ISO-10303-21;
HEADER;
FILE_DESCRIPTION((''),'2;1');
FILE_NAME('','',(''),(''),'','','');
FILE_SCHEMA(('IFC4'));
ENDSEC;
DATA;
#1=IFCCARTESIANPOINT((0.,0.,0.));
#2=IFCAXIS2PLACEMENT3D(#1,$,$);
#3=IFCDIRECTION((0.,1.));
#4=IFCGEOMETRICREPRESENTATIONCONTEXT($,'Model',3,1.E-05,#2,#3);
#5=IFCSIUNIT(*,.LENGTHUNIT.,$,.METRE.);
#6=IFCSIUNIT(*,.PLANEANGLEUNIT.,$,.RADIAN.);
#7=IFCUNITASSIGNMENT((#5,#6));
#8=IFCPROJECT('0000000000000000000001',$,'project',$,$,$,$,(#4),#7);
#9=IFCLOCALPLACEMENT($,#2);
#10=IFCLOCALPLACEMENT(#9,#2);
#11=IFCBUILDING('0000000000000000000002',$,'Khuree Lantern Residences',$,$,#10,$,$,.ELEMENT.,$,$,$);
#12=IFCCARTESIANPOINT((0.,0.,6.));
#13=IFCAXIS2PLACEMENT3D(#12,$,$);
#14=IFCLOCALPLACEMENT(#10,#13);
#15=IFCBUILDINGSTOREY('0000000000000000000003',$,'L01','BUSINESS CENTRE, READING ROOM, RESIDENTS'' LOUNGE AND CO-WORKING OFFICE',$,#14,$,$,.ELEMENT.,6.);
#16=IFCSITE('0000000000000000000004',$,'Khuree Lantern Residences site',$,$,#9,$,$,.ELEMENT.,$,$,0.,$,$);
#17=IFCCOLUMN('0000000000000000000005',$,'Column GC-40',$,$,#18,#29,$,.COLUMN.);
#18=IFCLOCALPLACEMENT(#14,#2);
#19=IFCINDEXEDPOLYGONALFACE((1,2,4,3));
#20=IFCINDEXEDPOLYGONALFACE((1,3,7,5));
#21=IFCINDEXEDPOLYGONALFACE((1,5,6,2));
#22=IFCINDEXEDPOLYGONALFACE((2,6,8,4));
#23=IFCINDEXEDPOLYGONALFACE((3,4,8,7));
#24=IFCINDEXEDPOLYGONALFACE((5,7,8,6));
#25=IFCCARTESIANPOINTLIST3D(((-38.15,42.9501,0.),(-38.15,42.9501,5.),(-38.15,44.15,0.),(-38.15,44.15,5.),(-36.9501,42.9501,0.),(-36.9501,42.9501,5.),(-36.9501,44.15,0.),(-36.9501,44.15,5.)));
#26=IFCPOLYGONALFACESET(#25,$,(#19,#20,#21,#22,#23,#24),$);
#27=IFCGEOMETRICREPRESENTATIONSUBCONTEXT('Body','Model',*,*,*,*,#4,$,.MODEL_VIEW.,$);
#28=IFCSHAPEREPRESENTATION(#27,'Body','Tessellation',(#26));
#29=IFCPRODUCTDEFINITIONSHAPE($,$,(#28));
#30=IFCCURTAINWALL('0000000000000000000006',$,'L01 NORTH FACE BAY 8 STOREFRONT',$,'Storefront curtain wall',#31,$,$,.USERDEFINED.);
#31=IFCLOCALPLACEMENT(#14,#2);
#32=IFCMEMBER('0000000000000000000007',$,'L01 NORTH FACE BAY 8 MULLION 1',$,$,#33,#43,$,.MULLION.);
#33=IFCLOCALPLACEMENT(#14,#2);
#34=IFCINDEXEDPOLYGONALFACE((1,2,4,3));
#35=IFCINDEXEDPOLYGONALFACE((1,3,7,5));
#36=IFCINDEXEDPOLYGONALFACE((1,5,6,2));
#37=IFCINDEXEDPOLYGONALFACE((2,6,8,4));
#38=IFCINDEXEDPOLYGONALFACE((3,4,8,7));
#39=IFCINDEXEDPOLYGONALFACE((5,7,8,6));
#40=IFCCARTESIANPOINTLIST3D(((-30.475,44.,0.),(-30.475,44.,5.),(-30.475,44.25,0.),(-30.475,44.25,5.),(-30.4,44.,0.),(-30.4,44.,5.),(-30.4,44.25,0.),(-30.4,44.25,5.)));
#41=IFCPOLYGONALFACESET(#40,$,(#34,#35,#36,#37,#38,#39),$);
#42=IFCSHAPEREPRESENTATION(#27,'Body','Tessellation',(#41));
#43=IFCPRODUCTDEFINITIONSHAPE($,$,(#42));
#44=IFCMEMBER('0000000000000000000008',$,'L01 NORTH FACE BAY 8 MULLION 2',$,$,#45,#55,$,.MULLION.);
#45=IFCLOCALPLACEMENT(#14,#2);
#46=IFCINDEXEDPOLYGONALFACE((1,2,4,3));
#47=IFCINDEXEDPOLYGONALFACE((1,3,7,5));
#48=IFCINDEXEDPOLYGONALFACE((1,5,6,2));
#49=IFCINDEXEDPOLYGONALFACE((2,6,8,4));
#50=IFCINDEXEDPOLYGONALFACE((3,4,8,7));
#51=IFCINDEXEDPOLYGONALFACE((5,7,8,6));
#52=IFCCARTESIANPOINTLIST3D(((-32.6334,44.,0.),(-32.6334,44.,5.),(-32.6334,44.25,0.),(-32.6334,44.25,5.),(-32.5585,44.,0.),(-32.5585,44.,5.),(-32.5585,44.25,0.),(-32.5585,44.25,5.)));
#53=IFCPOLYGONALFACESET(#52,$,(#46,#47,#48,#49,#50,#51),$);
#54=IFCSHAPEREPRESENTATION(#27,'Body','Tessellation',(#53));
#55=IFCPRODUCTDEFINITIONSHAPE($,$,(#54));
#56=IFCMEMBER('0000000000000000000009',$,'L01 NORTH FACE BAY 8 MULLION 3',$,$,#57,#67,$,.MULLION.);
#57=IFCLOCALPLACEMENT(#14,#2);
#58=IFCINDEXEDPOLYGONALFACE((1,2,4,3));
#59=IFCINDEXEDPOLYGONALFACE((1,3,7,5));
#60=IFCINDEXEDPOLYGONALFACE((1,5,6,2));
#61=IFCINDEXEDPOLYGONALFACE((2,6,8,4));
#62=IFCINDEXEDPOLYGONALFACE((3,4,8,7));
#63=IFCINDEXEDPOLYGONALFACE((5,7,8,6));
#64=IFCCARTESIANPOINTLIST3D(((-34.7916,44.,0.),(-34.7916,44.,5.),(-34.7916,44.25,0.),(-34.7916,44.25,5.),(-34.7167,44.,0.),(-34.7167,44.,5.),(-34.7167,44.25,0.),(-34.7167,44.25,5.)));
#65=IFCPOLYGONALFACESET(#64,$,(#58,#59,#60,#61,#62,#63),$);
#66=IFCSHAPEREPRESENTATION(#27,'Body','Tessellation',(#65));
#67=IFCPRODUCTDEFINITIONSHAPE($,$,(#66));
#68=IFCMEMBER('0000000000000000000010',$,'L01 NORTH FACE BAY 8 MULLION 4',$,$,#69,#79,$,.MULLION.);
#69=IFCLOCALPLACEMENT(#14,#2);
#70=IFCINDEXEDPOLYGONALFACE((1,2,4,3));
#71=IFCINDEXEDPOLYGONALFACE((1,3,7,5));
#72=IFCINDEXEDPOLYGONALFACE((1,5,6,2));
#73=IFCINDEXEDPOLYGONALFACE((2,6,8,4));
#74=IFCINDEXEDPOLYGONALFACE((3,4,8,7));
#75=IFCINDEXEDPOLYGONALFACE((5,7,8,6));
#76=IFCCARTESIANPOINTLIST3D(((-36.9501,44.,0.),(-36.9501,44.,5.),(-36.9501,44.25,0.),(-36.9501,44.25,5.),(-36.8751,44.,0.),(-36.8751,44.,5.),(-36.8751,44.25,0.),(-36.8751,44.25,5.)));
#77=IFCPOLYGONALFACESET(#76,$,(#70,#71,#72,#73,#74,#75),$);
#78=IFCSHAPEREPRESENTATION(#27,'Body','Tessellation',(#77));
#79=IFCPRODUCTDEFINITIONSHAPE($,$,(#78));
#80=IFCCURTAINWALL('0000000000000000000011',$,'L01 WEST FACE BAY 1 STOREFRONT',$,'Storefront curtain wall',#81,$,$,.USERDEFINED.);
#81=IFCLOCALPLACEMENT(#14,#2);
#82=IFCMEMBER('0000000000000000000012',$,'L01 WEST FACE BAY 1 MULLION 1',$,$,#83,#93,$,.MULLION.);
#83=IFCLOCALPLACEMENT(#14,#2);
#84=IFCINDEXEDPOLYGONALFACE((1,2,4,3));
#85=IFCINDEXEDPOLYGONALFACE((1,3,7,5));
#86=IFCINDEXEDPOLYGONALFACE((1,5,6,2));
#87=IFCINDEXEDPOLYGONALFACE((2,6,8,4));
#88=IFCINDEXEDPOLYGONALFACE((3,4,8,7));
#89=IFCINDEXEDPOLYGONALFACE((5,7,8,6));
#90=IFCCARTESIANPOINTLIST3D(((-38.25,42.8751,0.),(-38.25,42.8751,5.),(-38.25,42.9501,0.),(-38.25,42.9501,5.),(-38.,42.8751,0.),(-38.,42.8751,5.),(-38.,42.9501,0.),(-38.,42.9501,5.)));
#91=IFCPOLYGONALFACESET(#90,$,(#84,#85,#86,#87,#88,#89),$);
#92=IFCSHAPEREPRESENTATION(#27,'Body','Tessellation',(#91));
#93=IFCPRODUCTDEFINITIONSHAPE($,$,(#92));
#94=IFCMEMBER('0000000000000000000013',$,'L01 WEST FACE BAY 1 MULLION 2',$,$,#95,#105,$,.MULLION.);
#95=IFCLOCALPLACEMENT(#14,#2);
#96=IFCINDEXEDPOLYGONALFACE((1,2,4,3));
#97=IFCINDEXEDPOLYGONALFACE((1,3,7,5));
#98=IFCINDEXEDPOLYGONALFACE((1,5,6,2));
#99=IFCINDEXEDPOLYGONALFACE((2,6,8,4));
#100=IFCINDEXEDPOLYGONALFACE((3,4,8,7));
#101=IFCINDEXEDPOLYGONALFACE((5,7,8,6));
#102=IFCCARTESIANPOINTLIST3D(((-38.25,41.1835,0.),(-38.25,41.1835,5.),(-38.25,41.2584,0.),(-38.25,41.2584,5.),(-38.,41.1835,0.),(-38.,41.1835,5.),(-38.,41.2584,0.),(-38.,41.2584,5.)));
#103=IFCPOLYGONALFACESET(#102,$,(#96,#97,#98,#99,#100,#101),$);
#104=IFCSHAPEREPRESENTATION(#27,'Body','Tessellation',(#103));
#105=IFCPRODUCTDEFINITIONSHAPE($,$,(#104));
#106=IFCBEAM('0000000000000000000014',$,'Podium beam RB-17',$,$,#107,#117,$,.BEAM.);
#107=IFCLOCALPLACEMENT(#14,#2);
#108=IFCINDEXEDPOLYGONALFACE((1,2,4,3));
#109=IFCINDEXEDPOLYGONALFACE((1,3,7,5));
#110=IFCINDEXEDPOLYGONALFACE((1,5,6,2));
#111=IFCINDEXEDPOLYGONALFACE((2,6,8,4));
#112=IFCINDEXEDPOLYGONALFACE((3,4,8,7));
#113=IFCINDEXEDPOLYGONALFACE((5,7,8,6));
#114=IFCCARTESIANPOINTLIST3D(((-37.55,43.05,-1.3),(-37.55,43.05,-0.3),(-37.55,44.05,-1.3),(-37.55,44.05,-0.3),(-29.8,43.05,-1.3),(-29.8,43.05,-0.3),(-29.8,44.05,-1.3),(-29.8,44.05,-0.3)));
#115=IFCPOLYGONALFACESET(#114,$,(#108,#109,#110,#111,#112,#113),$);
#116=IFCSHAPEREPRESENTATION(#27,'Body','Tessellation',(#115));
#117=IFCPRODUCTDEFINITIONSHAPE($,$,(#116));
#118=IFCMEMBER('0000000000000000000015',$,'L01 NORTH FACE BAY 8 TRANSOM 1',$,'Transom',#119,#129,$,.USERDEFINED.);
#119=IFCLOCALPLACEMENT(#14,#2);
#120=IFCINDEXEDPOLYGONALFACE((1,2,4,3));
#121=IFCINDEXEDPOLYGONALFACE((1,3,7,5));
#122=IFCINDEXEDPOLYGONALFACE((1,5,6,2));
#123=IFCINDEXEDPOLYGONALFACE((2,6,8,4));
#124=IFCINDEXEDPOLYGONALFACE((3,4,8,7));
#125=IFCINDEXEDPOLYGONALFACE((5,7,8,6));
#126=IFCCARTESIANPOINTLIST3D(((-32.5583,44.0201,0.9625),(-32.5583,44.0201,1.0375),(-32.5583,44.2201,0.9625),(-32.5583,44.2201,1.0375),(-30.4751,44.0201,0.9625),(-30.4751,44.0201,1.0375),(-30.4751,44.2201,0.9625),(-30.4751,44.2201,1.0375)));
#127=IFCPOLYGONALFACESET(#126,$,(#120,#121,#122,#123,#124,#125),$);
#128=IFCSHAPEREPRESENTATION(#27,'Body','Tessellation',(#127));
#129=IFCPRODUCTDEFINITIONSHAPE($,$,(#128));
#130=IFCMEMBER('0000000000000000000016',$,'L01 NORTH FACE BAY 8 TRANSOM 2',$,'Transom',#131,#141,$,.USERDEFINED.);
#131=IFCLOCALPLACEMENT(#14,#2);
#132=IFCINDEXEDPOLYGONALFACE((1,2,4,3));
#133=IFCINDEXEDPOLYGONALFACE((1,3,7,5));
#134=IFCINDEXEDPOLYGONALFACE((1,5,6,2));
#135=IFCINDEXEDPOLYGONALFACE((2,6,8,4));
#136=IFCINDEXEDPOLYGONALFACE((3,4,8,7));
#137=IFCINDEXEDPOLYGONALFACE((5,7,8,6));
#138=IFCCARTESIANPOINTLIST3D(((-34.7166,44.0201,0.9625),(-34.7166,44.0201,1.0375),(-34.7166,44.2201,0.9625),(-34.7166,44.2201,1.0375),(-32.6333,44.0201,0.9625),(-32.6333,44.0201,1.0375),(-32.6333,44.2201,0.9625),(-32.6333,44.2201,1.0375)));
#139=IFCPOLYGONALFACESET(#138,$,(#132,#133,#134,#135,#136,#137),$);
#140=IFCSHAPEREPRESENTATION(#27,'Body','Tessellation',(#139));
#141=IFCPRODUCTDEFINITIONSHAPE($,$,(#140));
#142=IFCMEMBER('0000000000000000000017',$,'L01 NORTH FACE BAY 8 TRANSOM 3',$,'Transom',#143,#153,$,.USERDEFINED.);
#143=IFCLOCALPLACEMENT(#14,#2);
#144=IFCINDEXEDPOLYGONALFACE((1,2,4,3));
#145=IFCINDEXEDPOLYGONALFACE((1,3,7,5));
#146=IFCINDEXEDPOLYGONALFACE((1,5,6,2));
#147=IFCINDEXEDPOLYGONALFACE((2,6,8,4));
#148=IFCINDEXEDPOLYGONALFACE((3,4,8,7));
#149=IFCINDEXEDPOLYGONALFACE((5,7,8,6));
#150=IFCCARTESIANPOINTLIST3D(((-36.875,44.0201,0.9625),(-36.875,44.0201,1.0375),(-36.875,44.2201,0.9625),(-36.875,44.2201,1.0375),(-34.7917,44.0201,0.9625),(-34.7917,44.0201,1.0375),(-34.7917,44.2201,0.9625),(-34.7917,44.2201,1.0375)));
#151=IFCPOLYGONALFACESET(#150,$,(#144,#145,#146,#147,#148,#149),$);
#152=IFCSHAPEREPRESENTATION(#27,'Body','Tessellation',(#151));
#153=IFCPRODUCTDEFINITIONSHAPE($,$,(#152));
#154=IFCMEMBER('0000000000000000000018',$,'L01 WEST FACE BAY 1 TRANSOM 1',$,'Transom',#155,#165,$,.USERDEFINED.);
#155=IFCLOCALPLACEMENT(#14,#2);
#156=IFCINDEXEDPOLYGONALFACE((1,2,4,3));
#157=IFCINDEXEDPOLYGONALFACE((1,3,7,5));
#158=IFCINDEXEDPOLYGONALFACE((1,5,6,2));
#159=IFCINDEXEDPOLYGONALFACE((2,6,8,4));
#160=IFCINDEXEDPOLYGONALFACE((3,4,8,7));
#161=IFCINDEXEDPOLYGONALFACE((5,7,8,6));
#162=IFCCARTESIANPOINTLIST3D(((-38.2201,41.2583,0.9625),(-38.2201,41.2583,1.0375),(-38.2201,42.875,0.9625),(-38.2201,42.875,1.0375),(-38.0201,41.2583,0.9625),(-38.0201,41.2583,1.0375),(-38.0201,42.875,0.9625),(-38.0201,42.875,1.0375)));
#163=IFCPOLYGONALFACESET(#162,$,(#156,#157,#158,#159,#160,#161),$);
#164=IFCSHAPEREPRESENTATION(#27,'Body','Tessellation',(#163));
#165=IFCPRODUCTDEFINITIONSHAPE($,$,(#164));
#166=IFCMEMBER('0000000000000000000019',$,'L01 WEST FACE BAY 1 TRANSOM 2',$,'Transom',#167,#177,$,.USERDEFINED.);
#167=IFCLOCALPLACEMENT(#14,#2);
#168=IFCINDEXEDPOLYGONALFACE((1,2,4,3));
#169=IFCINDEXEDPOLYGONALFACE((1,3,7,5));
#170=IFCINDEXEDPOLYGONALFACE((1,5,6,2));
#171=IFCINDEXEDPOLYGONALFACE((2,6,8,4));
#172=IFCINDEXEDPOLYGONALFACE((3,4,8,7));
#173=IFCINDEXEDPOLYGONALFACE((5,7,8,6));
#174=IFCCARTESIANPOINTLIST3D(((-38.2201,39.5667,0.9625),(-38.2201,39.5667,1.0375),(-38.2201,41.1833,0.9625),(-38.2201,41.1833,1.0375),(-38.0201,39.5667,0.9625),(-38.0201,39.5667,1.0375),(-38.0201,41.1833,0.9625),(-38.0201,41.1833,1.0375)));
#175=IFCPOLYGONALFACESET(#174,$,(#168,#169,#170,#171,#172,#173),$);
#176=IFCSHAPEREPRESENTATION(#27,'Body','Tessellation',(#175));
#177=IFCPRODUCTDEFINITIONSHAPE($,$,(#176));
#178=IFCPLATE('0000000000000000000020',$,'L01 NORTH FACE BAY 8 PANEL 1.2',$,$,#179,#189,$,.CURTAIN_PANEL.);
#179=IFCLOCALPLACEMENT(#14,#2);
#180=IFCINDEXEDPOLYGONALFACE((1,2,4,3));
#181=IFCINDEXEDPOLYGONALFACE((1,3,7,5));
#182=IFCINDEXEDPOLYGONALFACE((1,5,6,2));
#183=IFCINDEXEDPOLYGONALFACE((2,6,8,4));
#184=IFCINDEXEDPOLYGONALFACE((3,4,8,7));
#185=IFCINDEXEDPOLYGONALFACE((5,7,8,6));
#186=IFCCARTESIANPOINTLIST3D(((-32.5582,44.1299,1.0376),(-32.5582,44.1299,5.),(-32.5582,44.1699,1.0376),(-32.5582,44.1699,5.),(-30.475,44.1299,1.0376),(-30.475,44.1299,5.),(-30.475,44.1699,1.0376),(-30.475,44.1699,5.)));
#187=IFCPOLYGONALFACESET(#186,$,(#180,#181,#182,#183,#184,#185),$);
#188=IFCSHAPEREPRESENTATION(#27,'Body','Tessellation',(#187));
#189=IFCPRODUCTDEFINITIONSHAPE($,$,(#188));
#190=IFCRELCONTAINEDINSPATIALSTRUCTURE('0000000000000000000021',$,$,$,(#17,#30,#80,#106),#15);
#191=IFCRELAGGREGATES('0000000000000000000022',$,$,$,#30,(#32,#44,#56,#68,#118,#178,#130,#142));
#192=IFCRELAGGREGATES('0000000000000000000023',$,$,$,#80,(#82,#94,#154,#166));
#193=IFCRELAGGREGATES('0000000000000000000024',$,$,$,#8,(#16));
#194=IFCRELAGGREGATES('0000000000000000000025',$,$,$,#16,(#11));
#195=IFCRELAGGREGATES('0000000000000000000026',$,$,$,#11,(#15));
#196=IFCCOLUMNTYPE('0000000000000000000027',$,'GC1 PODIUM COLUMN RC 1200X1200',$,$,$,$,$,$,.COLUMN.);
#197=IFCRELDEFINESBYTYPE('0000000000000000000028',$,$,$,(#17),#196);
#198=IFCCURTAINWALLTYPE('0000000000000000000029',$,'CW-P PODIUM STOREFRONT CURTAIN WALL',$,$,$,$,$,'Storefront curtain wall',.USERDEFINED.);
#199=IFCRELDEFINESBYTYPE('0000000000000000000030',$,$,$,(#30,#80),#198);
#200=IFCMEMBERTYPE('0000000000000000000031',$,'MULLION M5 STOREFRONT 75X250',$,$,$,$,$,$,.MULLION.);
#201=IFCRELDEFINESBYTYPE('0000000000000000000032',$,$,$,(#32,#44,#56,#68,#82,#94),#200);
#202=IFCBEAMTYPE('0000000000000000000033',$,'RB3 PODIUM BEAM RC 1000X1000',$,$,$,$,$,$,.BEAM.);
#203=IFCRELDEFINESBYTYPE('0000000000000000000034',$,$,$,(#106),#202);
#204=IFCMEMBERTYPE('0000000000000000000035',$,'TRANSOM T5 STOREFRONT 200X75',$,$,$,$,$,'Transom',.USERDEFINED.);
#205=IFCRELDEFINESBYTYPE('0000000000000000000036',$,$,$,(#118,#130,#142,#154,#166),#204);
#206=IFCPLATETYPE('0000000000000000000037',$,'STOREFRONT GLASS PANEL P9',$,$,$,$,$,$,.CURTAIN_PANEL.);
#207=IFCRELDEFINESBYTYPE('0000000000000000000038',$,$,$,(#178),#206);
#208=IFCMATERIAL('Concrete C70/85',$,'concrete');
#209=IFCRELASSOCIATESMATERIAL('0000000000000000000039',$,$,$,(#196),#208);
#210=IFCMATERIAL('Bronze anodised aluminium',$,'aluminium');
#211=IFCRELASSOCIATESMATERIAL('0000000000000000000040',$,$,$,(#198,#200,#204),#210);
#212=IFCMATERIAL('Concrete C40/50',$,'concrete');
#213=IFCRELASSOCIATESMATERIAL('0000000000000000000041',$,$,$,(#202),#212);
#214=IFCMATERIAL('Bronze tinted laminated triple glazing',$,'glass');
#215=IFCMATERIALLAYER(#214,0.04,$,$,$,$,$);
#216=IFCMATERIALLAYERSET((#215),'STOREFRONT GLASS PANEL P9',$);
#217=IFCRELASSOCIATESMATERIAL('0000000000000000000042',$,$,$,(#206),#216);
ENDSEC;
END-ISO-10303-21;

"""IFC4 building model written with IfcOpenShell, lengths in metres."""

from ifc_helpers import new_model, si_unit, direction, frame, origin, origin_2d, place, context, subcontext, project, spatial, rectangle, extrude, material, layer, layer_set, material_profile, profile_set, type_object, element, aggregate, save


model = new_model("IFC4")

# Units and contexts
model_context = context("Model", 3, precision=1e-05, world=origin(), true_north=direction((0.0, 1.0)))
body_context = subcontext(model_context, "Body", "Model", "MODEL_VIEW")
ifc_project = project(units=[si_unit("LENGTHUNIT", "METRE"), si_unit("PLANEANGLEUNIT", "RADIAN")], contexts=[model_context])

# Site, building, storey
site_placement = place(None, origin())
site = spatial("IfcSite", under=ifc_project, at=site_placement, Name="Khuree Lantern Residences site", CompositionType="ELEMENT", RefElevation=0.0)
building_placement = place(site_placement, origin())
building = spatial("IfcBuilding", under=site, at=building_placement, Name="Khuree Lantern Residences", CompositionType="ELEMENT")
storey_placement = place(building_placement, frame((0.0, 0.0, 6.0)))
storey = spatial("IfcBuildingStorey", under=building, at=storey_placement, Name="L01", Description="BUSINESS CENTRE, READING ROOM, RESIDENTS' LOUNGE AND CO-WORKING OFFICE", CompositionType="ELEMENT", Elevation=6.0)

# Column
ifc_material_1 = material(Name="Concrete C70/85", Category="concrete")
ifc_material_profile_1 = material_profile(ifc_material_1, rectangle(XDim=1.2, YDim=1.2, at=origin_2d()), Name="RC 1200X1200")
ifc_profile_set_1 = profile_set([ifc_material_profile_1], Name="Concrete C70/85")
column_type = type_object("IfcColumnType", Name="GC1 PODIUM COLUMN RC 1200X1200", PredefinedType="COLUMN", material=ifc_profile_set_1)
column_placement = place(storey_placement, frame((-37.55, 43.55, 0.0), z_axis=(0.0, 0.0, 1.0), x_axis=(1.0, 0.0, 0.0)))
element("IfcColumn", 1, at=column_placement, inside=storey, type_object=column_type, Name="Column GC-40", PredefinedType="COLUMN", context=body_context, shape_type="SweptSolid", body=[
    extrude(rectangle(XDim=1.2, YDim=1.2, at=origin_2d()), origin(), (0.0, 0.0, 1.0), 5.0),
])

# Curtain walls, members
ifc_material_2 = material(Name="Bronze anodised aluminium", Category="aluminium")
curtain_wall_type = type_object("IfcCurtainWallType", Name="CW-P PODIUM STOREFRONT CURTAIN WALL", ElementType="Storefront curtain wall", PredefinedType="USERDEFINED", material=ifc_material_2)
curtain_wall_1_placement = place(storey_placement, origin())
curtain_wall_1 = element("IfcCurtainWall", 2, at=curtain_wall_1_placement, inside=storey, type_object=curtain_wall_type, Name="L01 NORTH FACE BAY 8 STOREFRONT", ObjectType="Storefront curtain wall", PredefinedType="USERDEFINED")
ifc_material_profile_2 = material_profile(ifc_material_2, rectangle(XDim=0.075, YDim=0.25, at=origin_2d()), Name="M5 75X250")
ifc_profile_set_2 = profile_set([ifc_material_profile_2], Name="Bronze anodised aluminium")
member_type_1 = type_object("IfcMemberType", Name="MULLION M5 STOREFRONT 75X250", PredefinedType="MULLION", material=ifc_profile_set_2)
member_1_placement = place(storey_placement, frame((-30.4375, 44.125, 0.0), z_axis=(0.0, 0.0, 1.0), x_axis=(-1.0, 0.0, 0.0)))
member_1 = element("IfcMember", 3, at=member_1_placement, type_object=member_type_1, Name="L01 NORTH FACE BAY 8 MULLION 1", PredefinedType="MULLION", context=body_context, shape_type="SweptSolid", body=[
    extrude(rectangle(XDim=0.075, YDim=0.25, at=origin_2d()), origin(), (0.0, 0.0, 1.0), 5.0),
])
member_2_placement = place(storey_placement, frame((-32.5959, 44.125, 0.0), z_axis=(0.0, 0.0, 1.0), x_axis=(-1.0, 0.0, 0.0)))
member_2 = element("IfcMember", 4, at=member_2_placement, type_object=member_type_1, Name="L01 NORTH FACE BAY 8 MULLION 2", PredefinedType="MULLION", context=body_context, shape_type="SweptSolid", body=[
    extrude(rectangle(XDim=0.075, YDim=0.25, at=origin_2d()), origin(), (0.0, 0.0, 1.0), 5.0),
])
member_3_placement = place(storey_placement, frame((-34.7542, 44.125, 0.0), z_axis=(0.0, 0.0, 1.0), x_axis=(-1.0, 0.0, 0.0)))
member_3 = element("IfcMember", 5, at=member_3_placement, type_object=member_type_1, Name="L01 NORTH FACE BAY 8 MULLION 3", PredefinedType="MULLION", context=body_context, shape_type="SweptSolid", body=[
    extrude(rectangle(XDim=0.075, YDim=0.25, at=origin_2d()), origin(), (0.0, 0.0, 1.0), 5.0),
])
member_4_placement = place(storey_placement, frame((-36.9126, 44.125, 0.0), z_axis=(0.0, 0.0, 1.0), x_axis=(-1.0, 0.0, 0.0)))
member_4 = element("IfcMember", 6, at=member_4_placement, type_object=member_type_1, Name="L01 NORTH FACE BAY 8 MULLION 4", PredefinedType="MULLION", context=body_context, shape_type="SweptSolid", body=[
    extrude(rectangle(XDim=0.075, YDim=0.25, at=origin_2d()), origin(), (0.0, 0.0, 1.0), 5.0),
])
curtain_wall_2_placement = place(storey_placement, origin())
curtain_wall_2 = element("IfcCurtainWall", 7, at=curtain_wall_2_placement, inside=storey, type_object=curtain_wall_type, Name="L01 WEST FACE BAY 1 STOREFRONT", ObjectType="Storefront curtain wall", PredefinedType="USERDEFINED")
member_5_placement = place(storey_placement, frame((-38.125, 42.9126, 0.0), z_axis=(0.0, 0.0, 1.0), x_axis=(0.0, -1.0, 0.0)))
member_5 = element("IfcMember", 8, at=member_5_placement, type_object=member_type_1, Name="L01 WEST FACE BAY 1 MULLION 1", PredefinedType="MULLION", context=body_context, shape_type="SweptSolid", body=[
    extrude(rectangle(XDim=0.075, YDim=0.25, at=origin_2d()), origin(), (0.0, 0.0, 1.0), 5.0),
])
member_6_placement = place(storey_placement, frame((-38.125, 41.2209, 0.0), z_axis=(0.0, 0.0, 1.0), x_axis=(0.0, -1.0, 0.0)))
member_6 = element("IfcMember", 9, at=member_6_placement, type_object=member_type_1, Name="L01 WEST FACE BAY 1 MULLION 2", PredefinedType="MULLION", context=body_context, shape_type="SweptSolid", body=[
    extrude(rectangle(XDim=0.075, YDim=0.25, at=origin_2d()), origin(), (0.0, 0.0, 1.0), 5.0),
])

# Beam
ifc_material_3 = material(Name="Concrete C40/50", Category="concrete")
ifc_material_profile_3 = material_profile(ifc_material_3, rectangle(XDim=1.0, YDim=1.0, at=origin_2d()), Name="RC 1000X1000")
ifc_profile_set_3 = profile_set([ifc_material_profile_3], Name="Concrete C40/50")
beam_type = type_object("IfcBeamType", Name="RB3 PODIUM BEAM RC 1000X1000", PredefinedType="BEAM", material=ifc_profile_set_3)
beam_placement = place(storey_placement, frame((-37.55, 43.55, -0.8), z_axis=(1.0, 0.0, 0.0), x_axis=(0.0, 1.0, 0.0)))
element("IfcBeam", 10, at=beam_placement, inside=storey, type_object=beam_type, Name="Podium beam RB-17", PredefinedType="BEAM", context=body_context, shape_type="SweptSolid", body=[
    extrude(rectangle(XDim=1.0, YDim=1.0, at=origin_2d()), origin(), (0.0, 0.0, 1.0), 7.75),
])

# Members
ifc_material_profile_4 = material_profile(ifc_material_2, rectangle(XDim=0.2, YDim=0.075, at=origin_2d()), Name="T5 200X75")
ifc_profile_set_4 = profile_set([ifc_material_profile_4], Name="Bronze anodised aluminium")
member_type_2 = type_object("IfcMemberType", Name="TRANSOM T5 STOREFRONT 200X75", ElementType="Transom", PredefinedType="USERDEFINED", material=ifc_profile_set_4)
member_7_placement = place(storey_placement, frame((-30.4751, 44.1201, 1.0), z_axis=(-1.0, 0.0, 0.0), x_axis=(0.0, -1.0, 0.0)))
member_7 = element("IfcMember", 11, at=member_7_placement, type_object=member_type_2, Name="L01 NORTH FACE BAY 8 TRANSOM 1", ObjectType="Transom", PredefinedType="USERDEFINED", context=body_context, shape_type="SweptSolid", body=[
    extrude(rectangle(XDim=0.2, YDim=0.075, at=origin_2d()), origin(), (0.0, 0.0, 1.0), 2.0833),
])
member_8_placement = place(storey_placement, frame((-32.6333, 44.1201, 1.0), z_axis=(-1.0, 0.0, 0.0), x_axis=(0.0, -1.0, 0.0)))
member_8 = element("IfcMember", 12, at=member_8_placement, type_object=member_type_2, Name="L01 NORTH FACE BAY 8 TRANSOM 2", ObjectType="Transom", PredefinedType="USERDEFINED", context=body_context, shape_type="SweptSolid", body=[
    extrude(rectangle(XDim=0.2, YDim=0.075, at=origin_2d()), origin(), (0.0, 0.0, 1.0), 2.0833),
])
member_9_placement = place(storey_placement, frame((-34.7917, 44.1201, 1.0), z_axis=(-1.0, 0.0, 0.0), x_axis=(0.0, -1.0, 0.0)))
member_9 = element("IfcMember", 13, at=member_9_placement, type_object=member_type_2, Name="L01 NORTH FACE BAY 8 TRANSOM 3", ObjectType="Transom", PredefinedType="USERDEFINED", context=body_context, shape_type="SweptSolid", body=[
    extrude(rectangle(XDim=0.2, YDim=0.075, at=origin_2d()), origin(), (0.0, 0.0, 1.0), 2.0833),
])
member_10_placement = place(storey_placement, frame((-38.1201, 42.875, 1.0), z_axis=(0.0, -1.0, 0.0), x_axis=(1.0, 0.0, 0.0)))
member_10 = element("IfcMember", 14, at=member_10_placement, type_object=member_type_2, Name="L01 WEST FACE BAY 1 TRANSOM 1", ObjectType="Transom", PredefinedType="USERDEFINED", context=body_context, shape_type="SweptSolid", body=[
    extrude(rectangle(XDim=0.2, YDim=0.075, at=origin_2d()), origin(), (0.0, 0.0, 1.0), 1.6167),
])
member_11_placement = place(storey_placement, frame((-38.1201, 41.1833, 1.0), z_axis=(0.0, -1.0, 0.0), x_axis=(1.0, 0.0, 0.0)))
member_11 = element("IfcMember", 15, at=member_11_placement, type_object=member_type_2, Name="L01 WEST FACE BAY 1 TRANSOM 2", ObjectType="Transom", PredefinedType="USERDEFINED", context=body_context, shape_type="SweptSolid", body=[
    extrude(rectangle(XDim=0.2, YDim=0.075, at=origin_2d()), origin(), (0.0, 0.0, 1.0), 1.6167),
])

# Plate
ifc_material_4 = material(Name="Bronze tinted laminated triple glazing", Category="glass")
ifc_layer_1 = layer(ifc_material_4, 0.04)
ifc_layer_set_1 = layer_set([ifc_layer_1], Name="STOREFRONT GLASS PANEL P9")
plate_type_1 = type_object("IfcPlateType", Name="STOREFRONT GLASS PANEL P9", PredefinedType="CURTAIN_PANEL", material=ifc_layer_set_1)
plate_1_placement = place(storey_placement, frame((-31.5166, 44.1499, 1.0376), z_axis=(0.0, 0.0, 1.0), x_axis=(-1.0, 0.0, 0.0)))
plate_1 = element("IfcPlate", 16, at=plate_1_placement, type_object=plate_type_1, Name="L01 NORTH FACE BAY 8 PANEL 1.2", PredefinedType="CURTAIN_PANEL", context=body_context, shape_type="SweptSolid", body=[
    extrude(rectangle(XDim=2.0833, YDim=0.04, at=origin_2d()), origin(), (0.0, 0.0, 1.0), 3.9624),
])
aggregate(curtain_wall_1, [member_1, member_2, member_3, member_4, member_7, plate_1, member_8, member_9])
aggregate(curtain_wall_2, [member_5, member_6, member_10, member_11])

save(model, "model.ifc")
